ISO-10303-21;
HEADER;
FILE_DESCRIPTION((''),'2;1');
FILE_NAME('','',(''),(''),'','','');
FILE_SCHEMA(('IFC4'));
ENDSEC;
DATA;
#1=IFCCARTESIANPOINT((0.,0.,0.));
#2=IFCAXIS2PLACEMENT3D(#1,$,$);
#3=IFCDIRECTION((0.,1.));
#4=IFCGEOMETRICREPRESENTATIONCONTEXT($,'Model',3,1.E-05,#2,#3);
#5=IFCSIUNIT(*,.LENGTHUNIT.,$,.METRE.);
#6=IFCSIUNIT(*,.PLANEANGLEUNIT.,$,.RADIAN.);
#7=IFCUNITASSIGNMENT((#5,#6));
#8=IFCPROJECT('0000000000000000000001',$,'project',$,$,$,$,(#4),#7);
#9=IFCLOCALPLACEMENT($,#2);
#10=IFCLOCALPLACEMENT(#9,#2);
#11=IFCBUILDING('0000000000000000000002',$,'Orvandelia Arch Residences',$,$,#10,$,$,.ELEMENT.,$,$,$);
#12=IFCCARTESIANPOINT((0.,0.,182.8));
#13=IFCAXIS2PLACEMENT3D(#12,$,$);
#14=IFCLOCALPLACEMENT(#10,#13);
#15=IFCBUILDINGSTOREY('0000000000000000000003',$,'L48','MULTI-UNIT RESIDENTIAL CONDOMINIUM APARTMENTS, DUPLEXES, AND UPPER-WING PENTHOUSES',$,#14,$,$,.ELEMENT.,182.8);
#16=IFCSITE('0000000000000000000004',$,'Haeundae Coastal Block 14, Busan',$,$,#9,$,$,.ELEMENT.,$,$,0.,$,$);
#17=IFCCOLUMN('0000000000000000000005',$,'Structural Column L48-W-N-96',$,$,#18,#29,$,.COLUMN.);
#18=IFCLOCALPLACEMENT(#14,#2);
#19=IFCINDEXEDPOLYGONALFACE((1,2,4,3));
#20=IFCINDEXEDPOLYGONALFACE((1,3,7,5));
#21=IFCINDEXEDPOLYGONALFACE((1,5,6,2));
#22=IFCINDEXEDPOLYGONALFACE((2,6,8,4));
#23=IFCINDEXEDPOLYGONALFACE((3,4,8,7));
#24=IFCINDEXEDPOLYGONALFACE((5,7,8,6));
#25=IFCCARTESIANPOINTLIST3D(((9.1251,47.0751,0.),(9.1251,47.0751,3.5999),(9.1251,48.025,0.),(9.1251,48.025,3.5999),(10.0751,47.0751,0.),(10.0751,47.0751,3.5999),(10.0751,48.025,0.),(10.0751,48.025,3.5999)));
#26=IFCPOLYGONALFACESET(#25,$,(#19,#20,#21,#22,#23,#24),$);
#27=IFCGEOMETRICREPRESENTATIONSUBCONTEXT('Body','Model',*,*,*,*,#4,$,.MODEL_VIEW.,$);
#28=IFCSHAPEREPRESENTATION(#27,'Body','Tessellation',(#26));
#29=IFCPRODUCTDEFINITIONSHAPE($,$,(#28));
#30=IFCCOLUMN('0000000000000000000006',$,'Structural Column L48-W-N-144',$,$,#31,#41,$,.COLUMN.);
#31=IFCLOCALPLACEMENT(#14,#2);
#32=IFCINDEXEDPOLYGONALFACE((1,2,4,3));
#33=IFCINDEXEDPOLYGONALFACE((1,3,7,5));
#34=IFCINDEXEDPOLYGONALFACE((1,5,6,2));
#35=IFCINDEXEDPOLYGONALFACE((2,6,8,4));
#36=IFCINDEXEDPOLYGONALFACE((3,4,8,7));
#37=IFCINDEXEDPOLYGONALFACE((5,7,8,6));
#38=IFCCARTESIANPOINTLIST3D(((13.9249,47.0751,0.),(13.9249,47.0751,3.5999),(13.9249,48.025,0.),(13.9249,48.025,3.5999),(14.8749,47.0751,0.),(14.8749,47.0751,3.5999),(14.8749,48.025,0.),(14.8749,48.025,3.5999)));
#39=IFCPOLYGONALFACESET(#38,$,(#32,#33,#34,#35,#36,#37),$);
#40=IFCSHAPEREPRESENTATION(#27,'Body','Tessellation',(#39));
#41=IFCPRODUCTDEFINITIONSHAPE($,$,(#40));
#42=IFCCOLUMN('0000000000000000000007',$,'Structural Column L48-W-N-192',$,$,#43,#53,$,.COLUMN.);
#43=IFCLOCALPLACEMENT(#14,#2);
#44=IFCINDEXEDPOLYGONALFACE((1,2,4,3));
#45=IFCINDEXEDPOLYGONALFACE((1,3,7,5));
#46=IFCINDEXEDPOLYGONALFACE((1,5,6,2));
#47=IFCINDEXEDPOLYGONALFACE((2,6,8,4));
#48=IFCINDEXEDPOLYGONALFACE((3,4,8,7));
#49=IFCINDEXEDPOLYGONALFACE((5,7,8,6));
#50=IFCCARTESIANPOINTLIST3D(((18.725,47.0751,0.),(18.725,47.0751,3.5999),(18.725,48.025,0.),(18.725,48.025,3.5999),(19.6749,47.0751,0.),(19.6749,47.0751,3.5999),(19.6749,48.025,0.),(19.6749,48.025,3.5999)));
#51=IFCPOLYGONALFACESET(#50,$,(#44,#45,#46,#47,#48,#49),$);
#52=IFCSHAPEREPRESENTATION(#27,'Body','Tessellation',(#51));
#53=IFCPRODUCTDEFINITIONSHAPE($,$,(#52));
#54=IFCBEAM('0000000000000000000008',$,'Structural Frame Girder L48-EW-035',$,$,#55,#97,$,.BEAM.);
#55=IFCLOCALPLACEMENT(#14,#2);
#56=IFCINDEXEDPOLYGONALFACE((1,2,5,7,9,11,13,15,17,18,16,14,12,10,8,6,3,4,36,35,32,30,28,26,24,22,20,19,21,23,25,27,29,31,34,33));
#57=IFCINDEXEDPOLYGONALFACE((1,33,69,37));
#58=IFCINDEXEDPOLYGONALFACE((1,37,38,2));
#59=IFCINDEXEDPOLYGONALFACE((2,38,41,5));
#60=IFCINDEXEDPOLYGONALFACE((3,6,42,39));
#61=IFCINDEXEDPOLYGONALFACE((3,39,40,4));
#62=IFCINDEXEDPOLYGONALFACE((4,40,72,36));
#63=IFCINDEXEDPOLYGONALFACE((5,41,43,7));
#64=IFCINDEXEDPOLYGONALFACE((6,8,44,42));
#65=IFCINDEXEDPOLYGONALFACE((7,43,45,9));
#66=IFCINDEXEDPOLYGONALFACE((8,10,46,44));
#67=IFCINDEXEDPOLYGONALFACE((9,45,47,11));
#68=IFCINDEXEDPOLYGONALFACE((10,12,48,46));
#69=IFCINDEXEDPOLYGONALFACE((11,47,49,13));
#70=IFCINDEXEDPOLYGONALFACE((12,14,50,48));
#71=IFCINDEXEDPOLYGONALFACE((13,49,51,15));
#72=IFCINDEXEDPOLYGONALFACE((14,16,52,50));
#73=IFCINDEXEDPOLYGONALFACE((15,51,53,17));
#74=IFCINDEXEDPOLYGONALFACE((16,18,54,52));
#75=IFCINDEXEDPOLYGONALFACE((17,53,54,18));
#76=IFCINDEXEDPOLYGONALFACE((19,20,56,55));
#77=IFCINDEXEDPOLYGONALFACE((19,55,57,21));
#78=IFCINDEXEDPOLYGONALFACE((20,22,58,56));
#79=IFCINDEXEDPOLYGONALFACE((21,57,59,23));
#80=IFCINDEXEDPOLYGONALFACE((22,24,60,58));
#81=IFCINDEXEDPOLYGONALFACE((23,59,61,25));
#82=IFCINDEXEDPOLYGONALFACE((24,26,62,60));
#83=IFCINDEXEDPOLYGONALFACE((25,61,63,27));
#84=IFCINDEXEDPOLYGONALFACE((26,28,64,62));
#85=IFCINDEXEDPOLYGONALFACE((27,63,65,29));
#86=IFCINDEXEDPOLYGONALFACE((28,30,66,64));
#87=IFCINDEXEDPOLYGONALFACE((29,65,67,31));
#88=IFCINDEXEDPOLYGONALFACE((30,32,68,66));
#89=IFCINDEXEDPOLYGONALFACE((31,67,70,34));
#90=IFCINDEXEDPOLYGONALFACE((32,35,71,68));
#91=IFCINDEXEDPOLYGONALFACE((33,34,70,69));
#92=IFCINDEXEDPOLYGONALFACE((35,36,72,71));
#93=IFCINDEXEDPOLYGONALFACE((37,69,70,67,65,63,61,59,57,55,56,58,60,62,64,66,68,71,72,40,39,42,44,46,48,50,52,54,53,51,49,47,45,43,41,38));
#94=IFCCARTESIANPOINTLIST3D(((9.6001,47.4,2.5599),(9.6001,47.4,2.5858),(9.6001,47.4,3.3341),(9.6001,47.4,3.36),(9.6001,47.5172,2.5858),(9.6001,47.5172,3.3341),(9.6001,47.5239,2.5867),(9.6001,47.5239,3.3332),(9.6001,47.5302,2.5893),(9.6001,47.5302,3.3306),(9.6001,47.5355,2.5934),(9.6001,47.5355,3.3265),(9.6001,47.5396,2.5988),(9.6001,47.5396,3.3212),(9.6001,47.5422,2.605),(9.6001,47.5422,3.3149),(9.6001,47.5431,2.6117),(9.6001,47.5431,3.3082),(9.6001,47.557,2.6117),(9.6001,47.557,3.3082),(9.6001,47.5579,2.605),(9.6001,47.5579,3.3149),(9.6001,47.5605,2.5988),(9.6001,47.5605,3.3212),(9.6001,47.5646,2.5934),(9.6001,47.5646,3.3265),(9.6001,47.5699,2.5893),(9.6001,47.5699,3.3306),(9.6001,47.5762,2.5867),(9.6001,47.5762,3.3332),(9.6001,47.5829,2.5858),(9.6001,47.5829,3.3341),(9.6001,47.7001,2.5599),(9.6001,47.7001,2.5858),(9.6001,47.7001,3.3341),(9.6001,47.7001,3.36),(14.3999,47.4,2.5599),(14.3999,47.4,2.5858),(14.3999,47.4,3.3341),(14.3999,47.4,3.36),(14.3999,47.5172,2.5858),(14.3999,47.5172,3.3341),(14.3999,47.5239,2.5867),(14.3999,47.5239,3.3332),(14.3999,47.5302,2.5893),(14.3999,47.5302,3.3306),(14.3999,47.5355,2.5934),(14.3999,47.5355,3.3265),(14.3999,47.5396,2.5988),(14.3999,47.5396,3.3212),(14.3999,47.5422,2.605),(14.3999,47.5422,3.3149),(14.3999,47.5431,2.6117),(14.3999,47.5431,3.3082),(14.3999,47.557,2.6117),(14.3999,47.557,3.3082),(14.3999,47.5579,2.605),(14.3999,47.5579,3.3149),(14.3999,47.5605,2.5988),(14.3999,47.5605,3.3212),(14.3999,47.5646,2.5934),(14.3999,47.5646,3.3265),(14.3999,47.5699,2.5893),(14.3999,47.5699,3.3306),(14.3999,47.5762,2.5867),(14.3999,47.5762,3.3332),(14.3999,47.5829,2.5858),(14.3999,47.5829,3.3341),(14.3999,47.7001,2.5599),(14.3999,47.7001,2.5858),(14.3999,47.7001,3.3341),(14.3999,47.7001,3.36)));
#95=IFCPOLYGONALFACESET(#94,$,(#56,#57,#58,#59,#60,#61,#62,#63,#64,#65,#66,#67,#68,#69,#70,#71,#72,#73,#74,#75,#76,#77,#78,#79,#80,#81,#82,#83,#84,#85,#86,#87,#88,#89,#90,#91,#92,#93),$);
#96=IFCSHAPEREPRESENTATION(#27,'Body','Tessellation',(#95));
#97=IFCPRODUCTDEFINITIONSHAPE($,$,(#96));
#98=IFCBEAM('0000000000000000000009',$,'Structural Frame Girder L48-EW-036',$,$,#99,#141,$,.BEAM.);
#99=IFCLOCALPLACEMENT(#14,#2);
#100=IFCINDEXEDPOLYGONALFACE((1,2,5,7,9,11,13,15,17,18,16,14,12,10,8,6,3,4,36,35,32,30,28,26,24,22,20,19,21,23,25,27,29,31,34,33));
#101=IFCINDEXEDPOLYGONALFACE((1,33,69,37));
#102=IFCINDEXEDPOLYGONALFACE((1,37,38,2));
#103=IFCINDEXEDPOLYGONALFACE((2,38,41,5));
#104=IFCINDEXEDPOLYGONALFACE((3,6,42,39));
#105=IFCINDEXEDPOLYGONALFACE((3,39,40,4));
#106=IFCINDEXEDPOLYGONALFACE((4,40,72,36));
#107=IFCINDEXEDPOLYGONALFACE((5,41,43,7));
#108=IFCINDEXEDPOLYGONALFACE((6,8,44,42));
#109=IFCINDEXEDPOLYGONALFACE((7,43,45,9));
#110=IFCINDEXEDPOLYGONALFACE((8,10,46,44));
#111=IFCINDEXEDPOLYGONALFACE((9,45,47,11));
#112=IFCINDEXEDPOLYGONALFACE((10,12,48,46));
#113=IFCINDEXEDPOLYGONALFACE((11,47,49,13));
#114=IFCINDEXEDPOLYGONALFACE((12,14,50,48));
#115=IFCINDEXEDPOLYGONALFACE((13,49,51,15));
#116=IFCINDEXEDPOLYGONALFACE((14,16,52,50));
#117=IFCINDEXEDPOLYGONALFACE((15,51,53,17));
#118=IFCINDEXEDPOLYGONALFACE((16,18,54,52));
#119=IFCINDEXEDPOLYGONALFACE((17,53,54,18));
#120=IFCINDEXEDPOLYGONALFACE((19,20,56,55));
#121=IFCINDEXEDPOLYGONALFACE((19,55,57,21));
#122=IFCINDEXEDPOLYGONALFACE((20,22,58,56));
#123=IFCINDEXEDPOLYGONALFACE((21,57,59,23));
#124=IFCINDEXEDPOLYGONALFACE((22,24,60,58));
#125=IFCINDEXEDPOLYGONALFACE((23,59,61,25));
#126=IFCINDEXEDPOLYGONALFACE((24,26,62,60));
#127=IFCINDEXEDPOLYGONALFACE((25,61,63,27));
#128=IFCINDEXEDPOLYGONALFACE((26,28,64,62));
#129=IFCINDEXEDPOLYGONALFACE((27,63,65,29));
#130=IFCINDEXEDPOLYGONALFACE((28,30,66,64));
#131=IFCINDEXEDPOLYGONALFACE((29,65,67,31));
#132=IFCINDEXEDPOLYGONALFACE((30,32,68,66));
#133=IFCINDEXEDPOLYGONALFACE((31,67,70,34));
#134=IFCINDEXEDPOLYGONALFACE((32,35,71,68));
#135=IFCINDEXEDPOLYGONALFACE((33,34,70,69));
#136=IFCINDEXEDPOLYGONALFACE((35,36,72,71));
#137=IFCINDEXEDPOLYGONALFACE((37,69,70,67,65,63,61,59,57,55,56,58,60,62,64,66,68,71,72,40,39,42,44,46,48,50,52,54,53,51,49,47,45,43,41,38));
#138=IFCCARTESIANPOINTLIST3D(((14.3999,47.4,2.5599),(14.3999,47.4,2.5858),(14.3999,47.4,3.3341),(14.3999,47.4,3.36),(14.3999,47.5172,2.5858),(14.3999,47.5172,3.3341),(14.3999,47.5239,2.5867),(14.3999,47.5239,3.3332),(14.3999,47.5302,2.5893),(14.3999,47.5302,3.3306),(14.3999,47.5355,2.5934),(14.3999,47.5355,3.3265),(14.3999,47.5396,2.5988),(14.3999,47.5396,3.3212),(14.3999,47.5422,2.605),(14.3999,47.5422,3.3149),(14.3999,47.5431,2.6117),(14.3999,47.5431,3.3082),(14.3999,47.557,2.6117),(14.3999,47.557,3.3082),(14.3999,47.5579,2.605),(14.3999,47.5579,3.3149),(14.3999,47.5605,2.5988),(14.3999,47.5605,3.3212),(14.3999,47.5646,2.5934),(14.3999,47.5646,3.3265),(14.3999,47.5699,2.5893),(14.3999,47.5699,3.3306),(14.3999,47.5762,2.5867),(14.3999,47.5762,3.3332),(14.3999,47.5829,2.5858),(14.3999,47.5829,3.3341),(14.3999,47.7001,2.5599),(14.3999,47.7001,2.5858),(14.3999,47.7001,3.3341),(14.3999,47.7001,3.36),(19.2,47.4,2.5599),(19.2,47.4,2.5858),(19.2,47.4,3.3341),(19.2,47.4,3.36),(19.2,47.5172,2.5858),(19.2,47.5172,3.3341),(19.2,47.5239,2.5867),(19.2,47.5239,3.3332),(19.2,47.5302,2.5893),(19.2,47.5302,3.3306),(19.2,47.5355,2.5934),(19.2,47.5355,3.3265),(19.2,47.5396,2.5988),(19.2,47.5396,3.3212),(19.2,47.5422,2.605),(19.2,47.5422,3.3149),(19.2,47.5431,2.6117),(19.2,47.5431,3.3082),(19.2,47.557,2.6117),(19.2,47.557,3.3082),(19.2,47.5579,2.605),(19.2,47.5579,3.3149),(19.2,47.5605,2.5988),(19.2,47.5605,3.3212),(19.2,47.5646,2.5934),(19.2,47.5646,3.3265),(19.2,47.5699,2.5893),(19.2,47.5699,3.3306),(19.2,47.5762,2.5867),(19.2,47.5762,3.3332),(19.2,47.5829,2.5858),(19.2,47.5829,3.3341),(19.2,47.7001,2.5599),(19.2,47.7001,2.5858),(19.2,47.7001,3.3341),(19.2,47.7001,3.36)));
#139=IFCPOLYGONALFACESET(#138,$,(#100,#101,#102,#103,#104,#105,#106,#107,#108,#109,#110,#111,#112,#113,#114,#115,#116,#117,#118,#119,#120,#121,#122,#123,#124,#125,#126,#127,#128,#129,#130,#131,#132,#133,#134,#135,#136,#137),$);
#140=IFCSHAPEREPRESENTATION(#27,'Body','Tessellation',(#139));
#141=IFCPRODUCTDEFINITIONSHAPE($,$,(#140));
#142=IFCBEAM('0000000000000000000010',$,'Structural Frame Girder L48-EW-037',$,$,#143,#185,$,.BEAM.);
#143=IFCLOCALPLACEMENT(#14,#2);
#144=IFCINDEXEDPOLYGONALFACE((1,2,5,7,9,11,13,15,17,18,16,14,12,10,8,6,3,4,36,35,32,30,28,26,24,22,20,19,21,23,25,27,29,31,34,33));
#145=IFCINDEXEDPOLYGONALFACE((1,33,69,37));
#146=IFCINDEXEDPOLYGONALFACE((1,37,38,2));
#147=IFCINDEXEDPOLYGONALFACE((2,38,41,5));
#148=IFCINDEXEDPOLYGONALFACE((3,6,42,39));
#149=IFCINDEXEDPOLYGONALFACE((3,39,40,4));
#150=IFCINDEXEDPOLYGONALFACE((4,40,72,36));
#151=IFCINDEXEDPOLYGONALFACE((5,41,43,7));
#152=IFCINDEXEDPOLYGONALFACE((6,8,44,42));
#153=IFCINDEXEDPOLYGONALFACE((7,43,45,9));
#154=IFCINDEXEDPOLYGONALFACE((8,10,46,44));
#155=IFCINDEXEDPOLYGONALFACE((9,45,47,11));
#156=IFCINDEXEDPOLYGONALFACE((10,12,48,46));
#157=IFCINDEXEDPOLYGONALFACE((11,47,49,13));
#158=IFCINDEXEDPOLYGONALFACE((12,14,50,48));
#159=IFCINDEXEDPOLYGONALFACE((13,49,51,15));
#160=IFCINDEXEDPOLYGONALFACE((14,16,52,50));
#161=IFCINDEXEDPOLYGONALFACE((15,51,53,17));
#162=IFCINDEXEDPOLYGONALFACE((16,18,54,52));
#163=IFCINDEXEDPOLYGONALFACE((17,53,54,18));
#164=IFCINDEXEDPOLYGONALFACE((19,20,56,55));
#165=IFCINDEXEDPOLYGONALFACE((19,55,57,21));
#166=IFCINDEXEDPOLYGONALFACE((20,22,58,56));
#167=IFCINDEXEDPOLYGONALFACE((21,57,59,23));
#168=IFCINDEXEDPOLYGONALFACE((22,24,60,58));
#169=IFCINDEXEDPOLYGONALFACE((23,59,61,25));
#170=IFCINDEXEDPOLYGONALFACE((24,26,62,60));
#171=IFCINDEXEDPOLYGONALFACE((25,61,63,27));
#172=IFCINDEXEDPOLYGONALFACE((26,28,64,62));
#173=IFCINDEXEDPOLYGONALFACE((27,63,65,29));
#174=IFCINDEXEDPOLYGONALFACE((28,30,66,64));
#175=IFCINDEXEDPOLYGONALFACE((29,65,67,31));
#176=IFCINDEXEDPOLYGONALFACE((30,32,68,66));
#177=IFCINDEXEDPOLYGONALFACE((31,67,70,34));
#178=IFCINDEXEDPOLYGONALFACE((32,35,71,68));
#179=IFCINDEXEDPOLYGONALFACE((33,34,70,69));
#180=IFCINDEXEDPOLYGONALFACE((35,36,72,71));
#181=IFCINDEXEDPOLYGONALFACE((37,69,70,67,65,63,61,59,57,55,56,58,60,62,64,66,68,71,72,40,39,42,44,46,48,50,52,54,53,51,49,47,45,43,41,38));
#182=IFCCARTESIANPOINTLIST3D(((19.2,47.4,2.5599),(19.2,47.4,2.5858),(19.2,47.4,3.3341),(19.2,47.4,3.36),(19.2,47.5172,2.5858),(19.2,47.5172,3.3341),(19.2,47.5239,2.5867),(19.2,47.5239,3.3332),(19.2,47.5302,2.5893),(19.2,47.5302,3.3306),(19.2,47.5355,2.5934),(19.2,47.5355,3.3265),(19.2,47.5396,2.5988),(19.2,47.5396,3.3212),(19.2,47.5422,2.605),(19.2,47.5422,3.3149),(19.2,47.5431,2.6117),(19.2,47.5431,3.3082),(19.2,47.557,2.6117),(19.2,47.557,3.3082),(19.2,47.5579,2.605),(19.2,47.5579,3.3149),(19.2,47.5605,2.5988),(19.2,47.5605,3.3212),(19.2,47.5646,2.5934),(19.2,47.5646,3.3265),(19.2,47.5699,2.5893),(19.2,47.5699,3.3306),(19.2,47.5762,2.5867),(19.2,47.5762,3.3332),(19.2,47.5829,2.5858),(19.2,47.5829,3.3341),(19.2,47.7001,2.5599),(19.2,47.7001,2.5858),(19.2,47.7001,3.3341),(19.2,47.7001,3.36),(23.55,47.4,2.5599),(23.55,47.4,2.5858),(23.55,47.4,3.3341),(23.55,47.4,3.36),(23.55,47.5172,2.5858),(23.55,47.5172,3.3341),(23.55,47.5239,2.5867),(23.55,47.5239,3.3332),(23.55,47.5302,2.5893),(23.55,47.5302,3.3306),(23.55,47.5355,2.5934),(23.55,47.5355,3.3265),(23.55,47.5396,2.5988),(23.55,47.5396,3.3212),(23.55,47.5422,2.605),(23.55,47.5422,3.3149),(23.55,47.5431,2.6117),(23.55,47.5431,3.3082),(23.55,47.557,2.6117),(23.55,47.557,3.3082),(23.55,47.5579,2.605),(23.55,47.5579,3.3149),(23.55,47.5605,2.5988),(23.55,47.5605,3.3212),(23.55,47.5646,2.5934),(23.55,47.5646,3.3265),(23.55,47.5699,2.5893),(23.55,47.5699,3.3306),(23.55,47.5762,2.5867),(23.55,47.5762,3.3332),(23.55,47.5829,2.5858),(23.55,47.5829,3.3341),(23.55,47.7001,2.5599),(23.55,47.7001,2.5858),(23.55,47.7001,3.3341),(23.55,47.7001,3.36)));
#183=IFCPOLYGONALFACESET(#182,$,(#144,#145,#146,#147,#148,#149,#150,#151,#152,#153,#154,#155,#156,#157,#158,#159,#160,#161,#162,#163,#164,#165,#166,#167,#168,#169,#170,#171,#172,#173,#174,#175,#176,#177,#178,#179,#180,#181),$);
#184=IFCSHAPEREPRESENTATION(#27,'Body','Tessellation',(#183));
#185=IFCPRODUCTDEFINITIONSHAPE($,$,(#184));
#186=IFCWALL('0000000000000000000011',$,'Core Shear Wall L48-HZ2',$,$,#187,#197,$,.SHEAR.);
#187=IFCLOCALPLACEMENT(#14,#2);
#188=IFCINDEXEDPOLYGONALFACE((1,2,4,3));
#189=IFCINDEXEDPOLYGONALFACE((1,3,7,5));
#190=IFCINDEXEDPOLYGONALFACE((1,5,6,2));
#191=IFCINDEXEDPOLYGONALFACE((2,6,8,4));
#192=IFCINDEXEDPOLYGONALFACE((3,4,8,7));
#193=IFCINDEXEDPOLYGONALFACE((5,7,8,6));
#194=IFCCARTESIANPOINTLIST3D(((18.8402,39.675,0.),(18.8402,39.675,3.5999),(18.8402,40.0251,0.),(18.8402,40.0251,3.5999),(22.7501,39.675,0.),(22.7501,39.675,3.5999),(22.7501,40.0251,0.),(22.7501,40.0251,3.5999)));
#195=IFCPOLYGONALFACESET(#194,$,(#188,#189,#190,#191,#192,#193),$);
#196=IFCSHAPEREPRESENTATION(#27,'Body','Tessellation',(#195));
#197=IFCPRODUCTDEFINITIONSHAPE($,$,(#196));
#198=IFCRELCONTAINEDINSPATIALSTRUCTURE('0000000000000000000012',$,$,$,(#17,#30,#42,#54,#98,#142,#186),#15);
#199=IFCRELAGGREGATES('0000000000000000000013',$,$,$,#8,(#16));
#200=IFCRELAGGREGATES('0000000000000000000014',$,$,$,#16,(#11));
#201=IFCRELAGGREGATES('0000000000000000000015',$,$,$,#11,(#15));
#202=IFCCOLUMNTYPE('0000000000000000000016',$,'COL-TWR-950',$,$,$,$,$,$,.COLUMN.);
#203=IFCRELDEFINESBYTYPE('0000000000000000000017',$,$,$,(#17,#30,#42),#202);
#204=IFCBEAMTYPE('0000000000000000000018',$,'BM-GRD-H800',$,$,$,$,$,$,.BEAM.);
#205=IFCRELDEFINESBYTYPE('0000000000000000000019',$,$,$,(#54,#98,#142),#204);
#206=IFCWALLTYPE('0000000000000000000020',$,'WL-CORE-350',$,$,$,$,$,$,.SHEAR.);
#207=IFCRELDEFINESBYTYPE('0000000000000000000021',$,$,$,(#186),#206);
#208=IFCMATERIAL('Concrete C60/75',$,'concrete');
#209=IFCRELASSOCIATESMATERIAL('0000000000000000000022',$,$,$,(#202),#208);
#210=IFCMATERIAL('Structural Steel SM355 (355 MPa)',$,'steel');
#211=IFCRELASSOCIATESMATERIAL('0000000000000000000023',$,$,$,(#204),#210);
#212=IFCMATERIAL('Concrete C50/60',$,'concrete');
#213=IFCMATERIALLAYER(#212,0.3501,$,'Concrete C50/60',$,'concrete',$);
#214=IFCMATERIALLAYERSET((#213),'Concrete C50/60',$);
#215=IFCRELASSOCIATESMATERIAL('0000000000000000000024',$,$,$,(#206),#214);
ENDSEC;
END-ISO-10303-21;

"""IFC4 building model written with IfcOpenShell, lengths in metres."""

from ifc_helpers import new_model, si_unit, direction, frame, frame_2d, origin, origin_2d, place, context, subcontext, project, spatial, rectangle, i_section, extrude, material, layer, layer_set, material_profile, profile_set, type_object, element, save


model = new_model("IFC4")

# Units and contexts
model_context = context("Model", 3, precision=1e-05, world=origin(), true_north=direction((0.0, 1.0)))
body_context = subcontext(model_context, "Body", "Model", "MODEL_VIEW")
ifc_project = project(units=[si_unit("LENGTHUNIT", "METRE"), si_unit("PLANEANGLEUNIT", "RADIAN")], contexts=[model_context])

# Site, building, storey
site_placement = place(None, origin())
site = spatial("IfcSite", under=ifc_project, at=site_placement, Name="Haeundae Coastal Block 14, Busan", CompositionType="ELEMENT", RefElevation=0.0)
building_placement = place(site_placement, origin())
building = spatial("IfcBuilding", under=site, at=building_placement, Name="Orvandelia Arch Residences", CompositionType="ELEMENT")
storey_placement = place(building_placement, frame((0.0, 0.0, 182.8)))
storey = spatial("IfcBuildingStorey", under=building, at=storey_placement, Name="L48", Description="MULTI-UNIT RESIDENTIAL CONDOMINIUM APARTMENTS, DUPLEXES, AND UPPER-WING PENTHOUSES", CompositionType="ELEMENT", Elevation=182.8)

# Columns
ifc_material_1 = material(Name="Concrete C60/75", Category="concrete")
ifc_material_profile_1 = material_profile(ifc_material_1, rectangle(XDim=0.95, YDim=0.95, at=origin_2d()), Name="Concrete C60/75", Category="concrete")
ifc_profile_set_1 = profile_set([ifc_material_profile_1], Name="Concrete C60/75")
column_type = type_object("IfcColumnType", Name="COL-TWR-950", PredefinedType="COLUMN", material=ifc_profile_set_1)
for number, where, z_axis, x_axis, name in (
    (1, (9.6001, 47.55, 0.0), (0.0, 0.0, 1.0), (1.0, 0.0, 0.0), "Structural Column L48-W-N-96"),
    (2, (14.3999, 47.55, 0.0), (0.0, 0.0, 1.0), (1.0, 0.0, 0.0), "Structural Column L48-W-N-144"),
    (3, (19.2, 47.55, 0.0), (0.0, 0.0, 1.0), (1.0, 0.0, 0.0), "Structural Column L48-W-N-192"),
):
    element("IfcColumn", number, at=place(storey_placement, frame(where, z_axis=z_axis, x_axis=x_axis)), inside=storey, type_object=column_type, Name=name, PredefinedType="COLUMN", context=body_context, shape_type="SweptSolid", body=[
        extrude(rectangle(XDim=0.95, YDim=0.95, at=origin_2d()), origin(), (0.0, 0.0, 1.0), 3.5999),
    ])

# Beams
ifc_material_2 = material(Name="Structural Steel SM355 (355 MPa)", Category="steel")
ifc_material_profile_2 = material_profile(ifc_material_2, i_section(OverallWidth=0.3, OverallDepth=0.8, WebThickness=0.0139, FlangeThickness=0.0259, FilletRadius=0.0259, at=origin_2d()), Name="Structural Steel SM355 (355 MPa)", Category="steel")
ifc_profile_set_2 = profile_set([ifc_material_profile_2], Name="Structural Steel SM355 (355 MPa)")
beam_type = type_object("IfcBeamType", Name="BM-GRD-H800", PredefinedType="BEAM", material=ifc_profile_set_2)
beam_1_placement = place(storey_placement, frame((9.6001, 47.55, 2.96), z_axis=(1.0, 0.0, 0.0), x_axis=(0.0, 1.0, 0.0)))
element("IfcBeam", 4, at=beam_1_placement, inside=storey, type_object=beam_type, Name="Structural Frame Girder L48-EW-035", PredefinedType="BEAM", context=body_context, shape_type="SweptSolid", body=[
    extrude(i_section(OverallWidth=0.3, OverallDepth=0.8, WebThickness=0.0139, FlangeThickness=0.0259, FilletRadius=0.0259, at=origin_2d()), origin(), (0.0, 0.0, 1.0), 4.7998),
])
beam_2_placement = place(storey_placement, frame((14.3999, 47.55, 2.96), z_axis=(1.0, 0.0, 0.0), x_axis=(0.0, 1.0, 0.0)))
element("IfcBeam", 5, at=beam_2_placement, inside=storey, type_object=beam_type, Name="Structural Frame Girder L48-EW-036", PredefinedType="BEAM", context=body_context, shape_type="SweptSolid", body=[
    extrude(i_section(OverallWidth=0.3, OverallDepth=0.8, WebThickness=0.0139, FlangeThickness=0.0259, FilletRadius=0.0259, at=origin_2d()), origin(), (0.0, 0.0, 1.0), 4.8),
])
beam_3_placement = place(storey_placement, frame((19.2, 47.55, 2.96), z_axis=(1.0, 0.0, 0.0), x_axis=(0.0, 1.0, 0.0)))
element("IfcBeam", 6, at=beam_3_placement, inside=storey, type_object=beam_type, Name="Structural Frame Girder L48-EW-037", PredefinedType="BEAM", context=body_context, shape_type="SweptSolid", body=[
    extrude(i_section(OverallWidth=0.3, OverallDepth=0.8, WebThickness=0.0139, FlangeThickness=0.0259, FilletRadius=0.0259, at=origin_2d()), origin(), (0.0, 0.0, 1.0), 4.3501),
])

# Wall
ifc_material_3 = material(Name="Concrete C50/60", Category="concrete")
ifc_layer_1 = layer(ifc_material_3, 0.3501, Name="Concrete C50/60", Category="concrete")
ifc_layer_set_1 = layer_set([ifc_layer_1], Name="Concrete C50/60")
wall_type_1 = type_object("IfcWallType", Name="WL-CORE-350", PredefinedType="SHEAR", material=ifc_layer_set_1)
wall_1_placement = place(storey_placement, frame((18.8401, 39.8501, 0.0), z_axis=(0.0, 0.0, 1.0), x_axis=(1.0, 0.0, 0.0)))
element("IfcWall", 7, at=wall_1_placement, inside=storey, type_object=wall_type_1, Name="Core Shear Wall L48-HZ2", PredefinedType="SHEAR", context=body_context, shape_type="SweptSolid", body=[
    extrude(rectangle(XDim=3.9099, YDim=0.3501, at=frame_2d((1.9551, 0.0))), origin(), (0.0, 0.0, 1.0), 3.5999),
])

save(model, "model.ifc")
